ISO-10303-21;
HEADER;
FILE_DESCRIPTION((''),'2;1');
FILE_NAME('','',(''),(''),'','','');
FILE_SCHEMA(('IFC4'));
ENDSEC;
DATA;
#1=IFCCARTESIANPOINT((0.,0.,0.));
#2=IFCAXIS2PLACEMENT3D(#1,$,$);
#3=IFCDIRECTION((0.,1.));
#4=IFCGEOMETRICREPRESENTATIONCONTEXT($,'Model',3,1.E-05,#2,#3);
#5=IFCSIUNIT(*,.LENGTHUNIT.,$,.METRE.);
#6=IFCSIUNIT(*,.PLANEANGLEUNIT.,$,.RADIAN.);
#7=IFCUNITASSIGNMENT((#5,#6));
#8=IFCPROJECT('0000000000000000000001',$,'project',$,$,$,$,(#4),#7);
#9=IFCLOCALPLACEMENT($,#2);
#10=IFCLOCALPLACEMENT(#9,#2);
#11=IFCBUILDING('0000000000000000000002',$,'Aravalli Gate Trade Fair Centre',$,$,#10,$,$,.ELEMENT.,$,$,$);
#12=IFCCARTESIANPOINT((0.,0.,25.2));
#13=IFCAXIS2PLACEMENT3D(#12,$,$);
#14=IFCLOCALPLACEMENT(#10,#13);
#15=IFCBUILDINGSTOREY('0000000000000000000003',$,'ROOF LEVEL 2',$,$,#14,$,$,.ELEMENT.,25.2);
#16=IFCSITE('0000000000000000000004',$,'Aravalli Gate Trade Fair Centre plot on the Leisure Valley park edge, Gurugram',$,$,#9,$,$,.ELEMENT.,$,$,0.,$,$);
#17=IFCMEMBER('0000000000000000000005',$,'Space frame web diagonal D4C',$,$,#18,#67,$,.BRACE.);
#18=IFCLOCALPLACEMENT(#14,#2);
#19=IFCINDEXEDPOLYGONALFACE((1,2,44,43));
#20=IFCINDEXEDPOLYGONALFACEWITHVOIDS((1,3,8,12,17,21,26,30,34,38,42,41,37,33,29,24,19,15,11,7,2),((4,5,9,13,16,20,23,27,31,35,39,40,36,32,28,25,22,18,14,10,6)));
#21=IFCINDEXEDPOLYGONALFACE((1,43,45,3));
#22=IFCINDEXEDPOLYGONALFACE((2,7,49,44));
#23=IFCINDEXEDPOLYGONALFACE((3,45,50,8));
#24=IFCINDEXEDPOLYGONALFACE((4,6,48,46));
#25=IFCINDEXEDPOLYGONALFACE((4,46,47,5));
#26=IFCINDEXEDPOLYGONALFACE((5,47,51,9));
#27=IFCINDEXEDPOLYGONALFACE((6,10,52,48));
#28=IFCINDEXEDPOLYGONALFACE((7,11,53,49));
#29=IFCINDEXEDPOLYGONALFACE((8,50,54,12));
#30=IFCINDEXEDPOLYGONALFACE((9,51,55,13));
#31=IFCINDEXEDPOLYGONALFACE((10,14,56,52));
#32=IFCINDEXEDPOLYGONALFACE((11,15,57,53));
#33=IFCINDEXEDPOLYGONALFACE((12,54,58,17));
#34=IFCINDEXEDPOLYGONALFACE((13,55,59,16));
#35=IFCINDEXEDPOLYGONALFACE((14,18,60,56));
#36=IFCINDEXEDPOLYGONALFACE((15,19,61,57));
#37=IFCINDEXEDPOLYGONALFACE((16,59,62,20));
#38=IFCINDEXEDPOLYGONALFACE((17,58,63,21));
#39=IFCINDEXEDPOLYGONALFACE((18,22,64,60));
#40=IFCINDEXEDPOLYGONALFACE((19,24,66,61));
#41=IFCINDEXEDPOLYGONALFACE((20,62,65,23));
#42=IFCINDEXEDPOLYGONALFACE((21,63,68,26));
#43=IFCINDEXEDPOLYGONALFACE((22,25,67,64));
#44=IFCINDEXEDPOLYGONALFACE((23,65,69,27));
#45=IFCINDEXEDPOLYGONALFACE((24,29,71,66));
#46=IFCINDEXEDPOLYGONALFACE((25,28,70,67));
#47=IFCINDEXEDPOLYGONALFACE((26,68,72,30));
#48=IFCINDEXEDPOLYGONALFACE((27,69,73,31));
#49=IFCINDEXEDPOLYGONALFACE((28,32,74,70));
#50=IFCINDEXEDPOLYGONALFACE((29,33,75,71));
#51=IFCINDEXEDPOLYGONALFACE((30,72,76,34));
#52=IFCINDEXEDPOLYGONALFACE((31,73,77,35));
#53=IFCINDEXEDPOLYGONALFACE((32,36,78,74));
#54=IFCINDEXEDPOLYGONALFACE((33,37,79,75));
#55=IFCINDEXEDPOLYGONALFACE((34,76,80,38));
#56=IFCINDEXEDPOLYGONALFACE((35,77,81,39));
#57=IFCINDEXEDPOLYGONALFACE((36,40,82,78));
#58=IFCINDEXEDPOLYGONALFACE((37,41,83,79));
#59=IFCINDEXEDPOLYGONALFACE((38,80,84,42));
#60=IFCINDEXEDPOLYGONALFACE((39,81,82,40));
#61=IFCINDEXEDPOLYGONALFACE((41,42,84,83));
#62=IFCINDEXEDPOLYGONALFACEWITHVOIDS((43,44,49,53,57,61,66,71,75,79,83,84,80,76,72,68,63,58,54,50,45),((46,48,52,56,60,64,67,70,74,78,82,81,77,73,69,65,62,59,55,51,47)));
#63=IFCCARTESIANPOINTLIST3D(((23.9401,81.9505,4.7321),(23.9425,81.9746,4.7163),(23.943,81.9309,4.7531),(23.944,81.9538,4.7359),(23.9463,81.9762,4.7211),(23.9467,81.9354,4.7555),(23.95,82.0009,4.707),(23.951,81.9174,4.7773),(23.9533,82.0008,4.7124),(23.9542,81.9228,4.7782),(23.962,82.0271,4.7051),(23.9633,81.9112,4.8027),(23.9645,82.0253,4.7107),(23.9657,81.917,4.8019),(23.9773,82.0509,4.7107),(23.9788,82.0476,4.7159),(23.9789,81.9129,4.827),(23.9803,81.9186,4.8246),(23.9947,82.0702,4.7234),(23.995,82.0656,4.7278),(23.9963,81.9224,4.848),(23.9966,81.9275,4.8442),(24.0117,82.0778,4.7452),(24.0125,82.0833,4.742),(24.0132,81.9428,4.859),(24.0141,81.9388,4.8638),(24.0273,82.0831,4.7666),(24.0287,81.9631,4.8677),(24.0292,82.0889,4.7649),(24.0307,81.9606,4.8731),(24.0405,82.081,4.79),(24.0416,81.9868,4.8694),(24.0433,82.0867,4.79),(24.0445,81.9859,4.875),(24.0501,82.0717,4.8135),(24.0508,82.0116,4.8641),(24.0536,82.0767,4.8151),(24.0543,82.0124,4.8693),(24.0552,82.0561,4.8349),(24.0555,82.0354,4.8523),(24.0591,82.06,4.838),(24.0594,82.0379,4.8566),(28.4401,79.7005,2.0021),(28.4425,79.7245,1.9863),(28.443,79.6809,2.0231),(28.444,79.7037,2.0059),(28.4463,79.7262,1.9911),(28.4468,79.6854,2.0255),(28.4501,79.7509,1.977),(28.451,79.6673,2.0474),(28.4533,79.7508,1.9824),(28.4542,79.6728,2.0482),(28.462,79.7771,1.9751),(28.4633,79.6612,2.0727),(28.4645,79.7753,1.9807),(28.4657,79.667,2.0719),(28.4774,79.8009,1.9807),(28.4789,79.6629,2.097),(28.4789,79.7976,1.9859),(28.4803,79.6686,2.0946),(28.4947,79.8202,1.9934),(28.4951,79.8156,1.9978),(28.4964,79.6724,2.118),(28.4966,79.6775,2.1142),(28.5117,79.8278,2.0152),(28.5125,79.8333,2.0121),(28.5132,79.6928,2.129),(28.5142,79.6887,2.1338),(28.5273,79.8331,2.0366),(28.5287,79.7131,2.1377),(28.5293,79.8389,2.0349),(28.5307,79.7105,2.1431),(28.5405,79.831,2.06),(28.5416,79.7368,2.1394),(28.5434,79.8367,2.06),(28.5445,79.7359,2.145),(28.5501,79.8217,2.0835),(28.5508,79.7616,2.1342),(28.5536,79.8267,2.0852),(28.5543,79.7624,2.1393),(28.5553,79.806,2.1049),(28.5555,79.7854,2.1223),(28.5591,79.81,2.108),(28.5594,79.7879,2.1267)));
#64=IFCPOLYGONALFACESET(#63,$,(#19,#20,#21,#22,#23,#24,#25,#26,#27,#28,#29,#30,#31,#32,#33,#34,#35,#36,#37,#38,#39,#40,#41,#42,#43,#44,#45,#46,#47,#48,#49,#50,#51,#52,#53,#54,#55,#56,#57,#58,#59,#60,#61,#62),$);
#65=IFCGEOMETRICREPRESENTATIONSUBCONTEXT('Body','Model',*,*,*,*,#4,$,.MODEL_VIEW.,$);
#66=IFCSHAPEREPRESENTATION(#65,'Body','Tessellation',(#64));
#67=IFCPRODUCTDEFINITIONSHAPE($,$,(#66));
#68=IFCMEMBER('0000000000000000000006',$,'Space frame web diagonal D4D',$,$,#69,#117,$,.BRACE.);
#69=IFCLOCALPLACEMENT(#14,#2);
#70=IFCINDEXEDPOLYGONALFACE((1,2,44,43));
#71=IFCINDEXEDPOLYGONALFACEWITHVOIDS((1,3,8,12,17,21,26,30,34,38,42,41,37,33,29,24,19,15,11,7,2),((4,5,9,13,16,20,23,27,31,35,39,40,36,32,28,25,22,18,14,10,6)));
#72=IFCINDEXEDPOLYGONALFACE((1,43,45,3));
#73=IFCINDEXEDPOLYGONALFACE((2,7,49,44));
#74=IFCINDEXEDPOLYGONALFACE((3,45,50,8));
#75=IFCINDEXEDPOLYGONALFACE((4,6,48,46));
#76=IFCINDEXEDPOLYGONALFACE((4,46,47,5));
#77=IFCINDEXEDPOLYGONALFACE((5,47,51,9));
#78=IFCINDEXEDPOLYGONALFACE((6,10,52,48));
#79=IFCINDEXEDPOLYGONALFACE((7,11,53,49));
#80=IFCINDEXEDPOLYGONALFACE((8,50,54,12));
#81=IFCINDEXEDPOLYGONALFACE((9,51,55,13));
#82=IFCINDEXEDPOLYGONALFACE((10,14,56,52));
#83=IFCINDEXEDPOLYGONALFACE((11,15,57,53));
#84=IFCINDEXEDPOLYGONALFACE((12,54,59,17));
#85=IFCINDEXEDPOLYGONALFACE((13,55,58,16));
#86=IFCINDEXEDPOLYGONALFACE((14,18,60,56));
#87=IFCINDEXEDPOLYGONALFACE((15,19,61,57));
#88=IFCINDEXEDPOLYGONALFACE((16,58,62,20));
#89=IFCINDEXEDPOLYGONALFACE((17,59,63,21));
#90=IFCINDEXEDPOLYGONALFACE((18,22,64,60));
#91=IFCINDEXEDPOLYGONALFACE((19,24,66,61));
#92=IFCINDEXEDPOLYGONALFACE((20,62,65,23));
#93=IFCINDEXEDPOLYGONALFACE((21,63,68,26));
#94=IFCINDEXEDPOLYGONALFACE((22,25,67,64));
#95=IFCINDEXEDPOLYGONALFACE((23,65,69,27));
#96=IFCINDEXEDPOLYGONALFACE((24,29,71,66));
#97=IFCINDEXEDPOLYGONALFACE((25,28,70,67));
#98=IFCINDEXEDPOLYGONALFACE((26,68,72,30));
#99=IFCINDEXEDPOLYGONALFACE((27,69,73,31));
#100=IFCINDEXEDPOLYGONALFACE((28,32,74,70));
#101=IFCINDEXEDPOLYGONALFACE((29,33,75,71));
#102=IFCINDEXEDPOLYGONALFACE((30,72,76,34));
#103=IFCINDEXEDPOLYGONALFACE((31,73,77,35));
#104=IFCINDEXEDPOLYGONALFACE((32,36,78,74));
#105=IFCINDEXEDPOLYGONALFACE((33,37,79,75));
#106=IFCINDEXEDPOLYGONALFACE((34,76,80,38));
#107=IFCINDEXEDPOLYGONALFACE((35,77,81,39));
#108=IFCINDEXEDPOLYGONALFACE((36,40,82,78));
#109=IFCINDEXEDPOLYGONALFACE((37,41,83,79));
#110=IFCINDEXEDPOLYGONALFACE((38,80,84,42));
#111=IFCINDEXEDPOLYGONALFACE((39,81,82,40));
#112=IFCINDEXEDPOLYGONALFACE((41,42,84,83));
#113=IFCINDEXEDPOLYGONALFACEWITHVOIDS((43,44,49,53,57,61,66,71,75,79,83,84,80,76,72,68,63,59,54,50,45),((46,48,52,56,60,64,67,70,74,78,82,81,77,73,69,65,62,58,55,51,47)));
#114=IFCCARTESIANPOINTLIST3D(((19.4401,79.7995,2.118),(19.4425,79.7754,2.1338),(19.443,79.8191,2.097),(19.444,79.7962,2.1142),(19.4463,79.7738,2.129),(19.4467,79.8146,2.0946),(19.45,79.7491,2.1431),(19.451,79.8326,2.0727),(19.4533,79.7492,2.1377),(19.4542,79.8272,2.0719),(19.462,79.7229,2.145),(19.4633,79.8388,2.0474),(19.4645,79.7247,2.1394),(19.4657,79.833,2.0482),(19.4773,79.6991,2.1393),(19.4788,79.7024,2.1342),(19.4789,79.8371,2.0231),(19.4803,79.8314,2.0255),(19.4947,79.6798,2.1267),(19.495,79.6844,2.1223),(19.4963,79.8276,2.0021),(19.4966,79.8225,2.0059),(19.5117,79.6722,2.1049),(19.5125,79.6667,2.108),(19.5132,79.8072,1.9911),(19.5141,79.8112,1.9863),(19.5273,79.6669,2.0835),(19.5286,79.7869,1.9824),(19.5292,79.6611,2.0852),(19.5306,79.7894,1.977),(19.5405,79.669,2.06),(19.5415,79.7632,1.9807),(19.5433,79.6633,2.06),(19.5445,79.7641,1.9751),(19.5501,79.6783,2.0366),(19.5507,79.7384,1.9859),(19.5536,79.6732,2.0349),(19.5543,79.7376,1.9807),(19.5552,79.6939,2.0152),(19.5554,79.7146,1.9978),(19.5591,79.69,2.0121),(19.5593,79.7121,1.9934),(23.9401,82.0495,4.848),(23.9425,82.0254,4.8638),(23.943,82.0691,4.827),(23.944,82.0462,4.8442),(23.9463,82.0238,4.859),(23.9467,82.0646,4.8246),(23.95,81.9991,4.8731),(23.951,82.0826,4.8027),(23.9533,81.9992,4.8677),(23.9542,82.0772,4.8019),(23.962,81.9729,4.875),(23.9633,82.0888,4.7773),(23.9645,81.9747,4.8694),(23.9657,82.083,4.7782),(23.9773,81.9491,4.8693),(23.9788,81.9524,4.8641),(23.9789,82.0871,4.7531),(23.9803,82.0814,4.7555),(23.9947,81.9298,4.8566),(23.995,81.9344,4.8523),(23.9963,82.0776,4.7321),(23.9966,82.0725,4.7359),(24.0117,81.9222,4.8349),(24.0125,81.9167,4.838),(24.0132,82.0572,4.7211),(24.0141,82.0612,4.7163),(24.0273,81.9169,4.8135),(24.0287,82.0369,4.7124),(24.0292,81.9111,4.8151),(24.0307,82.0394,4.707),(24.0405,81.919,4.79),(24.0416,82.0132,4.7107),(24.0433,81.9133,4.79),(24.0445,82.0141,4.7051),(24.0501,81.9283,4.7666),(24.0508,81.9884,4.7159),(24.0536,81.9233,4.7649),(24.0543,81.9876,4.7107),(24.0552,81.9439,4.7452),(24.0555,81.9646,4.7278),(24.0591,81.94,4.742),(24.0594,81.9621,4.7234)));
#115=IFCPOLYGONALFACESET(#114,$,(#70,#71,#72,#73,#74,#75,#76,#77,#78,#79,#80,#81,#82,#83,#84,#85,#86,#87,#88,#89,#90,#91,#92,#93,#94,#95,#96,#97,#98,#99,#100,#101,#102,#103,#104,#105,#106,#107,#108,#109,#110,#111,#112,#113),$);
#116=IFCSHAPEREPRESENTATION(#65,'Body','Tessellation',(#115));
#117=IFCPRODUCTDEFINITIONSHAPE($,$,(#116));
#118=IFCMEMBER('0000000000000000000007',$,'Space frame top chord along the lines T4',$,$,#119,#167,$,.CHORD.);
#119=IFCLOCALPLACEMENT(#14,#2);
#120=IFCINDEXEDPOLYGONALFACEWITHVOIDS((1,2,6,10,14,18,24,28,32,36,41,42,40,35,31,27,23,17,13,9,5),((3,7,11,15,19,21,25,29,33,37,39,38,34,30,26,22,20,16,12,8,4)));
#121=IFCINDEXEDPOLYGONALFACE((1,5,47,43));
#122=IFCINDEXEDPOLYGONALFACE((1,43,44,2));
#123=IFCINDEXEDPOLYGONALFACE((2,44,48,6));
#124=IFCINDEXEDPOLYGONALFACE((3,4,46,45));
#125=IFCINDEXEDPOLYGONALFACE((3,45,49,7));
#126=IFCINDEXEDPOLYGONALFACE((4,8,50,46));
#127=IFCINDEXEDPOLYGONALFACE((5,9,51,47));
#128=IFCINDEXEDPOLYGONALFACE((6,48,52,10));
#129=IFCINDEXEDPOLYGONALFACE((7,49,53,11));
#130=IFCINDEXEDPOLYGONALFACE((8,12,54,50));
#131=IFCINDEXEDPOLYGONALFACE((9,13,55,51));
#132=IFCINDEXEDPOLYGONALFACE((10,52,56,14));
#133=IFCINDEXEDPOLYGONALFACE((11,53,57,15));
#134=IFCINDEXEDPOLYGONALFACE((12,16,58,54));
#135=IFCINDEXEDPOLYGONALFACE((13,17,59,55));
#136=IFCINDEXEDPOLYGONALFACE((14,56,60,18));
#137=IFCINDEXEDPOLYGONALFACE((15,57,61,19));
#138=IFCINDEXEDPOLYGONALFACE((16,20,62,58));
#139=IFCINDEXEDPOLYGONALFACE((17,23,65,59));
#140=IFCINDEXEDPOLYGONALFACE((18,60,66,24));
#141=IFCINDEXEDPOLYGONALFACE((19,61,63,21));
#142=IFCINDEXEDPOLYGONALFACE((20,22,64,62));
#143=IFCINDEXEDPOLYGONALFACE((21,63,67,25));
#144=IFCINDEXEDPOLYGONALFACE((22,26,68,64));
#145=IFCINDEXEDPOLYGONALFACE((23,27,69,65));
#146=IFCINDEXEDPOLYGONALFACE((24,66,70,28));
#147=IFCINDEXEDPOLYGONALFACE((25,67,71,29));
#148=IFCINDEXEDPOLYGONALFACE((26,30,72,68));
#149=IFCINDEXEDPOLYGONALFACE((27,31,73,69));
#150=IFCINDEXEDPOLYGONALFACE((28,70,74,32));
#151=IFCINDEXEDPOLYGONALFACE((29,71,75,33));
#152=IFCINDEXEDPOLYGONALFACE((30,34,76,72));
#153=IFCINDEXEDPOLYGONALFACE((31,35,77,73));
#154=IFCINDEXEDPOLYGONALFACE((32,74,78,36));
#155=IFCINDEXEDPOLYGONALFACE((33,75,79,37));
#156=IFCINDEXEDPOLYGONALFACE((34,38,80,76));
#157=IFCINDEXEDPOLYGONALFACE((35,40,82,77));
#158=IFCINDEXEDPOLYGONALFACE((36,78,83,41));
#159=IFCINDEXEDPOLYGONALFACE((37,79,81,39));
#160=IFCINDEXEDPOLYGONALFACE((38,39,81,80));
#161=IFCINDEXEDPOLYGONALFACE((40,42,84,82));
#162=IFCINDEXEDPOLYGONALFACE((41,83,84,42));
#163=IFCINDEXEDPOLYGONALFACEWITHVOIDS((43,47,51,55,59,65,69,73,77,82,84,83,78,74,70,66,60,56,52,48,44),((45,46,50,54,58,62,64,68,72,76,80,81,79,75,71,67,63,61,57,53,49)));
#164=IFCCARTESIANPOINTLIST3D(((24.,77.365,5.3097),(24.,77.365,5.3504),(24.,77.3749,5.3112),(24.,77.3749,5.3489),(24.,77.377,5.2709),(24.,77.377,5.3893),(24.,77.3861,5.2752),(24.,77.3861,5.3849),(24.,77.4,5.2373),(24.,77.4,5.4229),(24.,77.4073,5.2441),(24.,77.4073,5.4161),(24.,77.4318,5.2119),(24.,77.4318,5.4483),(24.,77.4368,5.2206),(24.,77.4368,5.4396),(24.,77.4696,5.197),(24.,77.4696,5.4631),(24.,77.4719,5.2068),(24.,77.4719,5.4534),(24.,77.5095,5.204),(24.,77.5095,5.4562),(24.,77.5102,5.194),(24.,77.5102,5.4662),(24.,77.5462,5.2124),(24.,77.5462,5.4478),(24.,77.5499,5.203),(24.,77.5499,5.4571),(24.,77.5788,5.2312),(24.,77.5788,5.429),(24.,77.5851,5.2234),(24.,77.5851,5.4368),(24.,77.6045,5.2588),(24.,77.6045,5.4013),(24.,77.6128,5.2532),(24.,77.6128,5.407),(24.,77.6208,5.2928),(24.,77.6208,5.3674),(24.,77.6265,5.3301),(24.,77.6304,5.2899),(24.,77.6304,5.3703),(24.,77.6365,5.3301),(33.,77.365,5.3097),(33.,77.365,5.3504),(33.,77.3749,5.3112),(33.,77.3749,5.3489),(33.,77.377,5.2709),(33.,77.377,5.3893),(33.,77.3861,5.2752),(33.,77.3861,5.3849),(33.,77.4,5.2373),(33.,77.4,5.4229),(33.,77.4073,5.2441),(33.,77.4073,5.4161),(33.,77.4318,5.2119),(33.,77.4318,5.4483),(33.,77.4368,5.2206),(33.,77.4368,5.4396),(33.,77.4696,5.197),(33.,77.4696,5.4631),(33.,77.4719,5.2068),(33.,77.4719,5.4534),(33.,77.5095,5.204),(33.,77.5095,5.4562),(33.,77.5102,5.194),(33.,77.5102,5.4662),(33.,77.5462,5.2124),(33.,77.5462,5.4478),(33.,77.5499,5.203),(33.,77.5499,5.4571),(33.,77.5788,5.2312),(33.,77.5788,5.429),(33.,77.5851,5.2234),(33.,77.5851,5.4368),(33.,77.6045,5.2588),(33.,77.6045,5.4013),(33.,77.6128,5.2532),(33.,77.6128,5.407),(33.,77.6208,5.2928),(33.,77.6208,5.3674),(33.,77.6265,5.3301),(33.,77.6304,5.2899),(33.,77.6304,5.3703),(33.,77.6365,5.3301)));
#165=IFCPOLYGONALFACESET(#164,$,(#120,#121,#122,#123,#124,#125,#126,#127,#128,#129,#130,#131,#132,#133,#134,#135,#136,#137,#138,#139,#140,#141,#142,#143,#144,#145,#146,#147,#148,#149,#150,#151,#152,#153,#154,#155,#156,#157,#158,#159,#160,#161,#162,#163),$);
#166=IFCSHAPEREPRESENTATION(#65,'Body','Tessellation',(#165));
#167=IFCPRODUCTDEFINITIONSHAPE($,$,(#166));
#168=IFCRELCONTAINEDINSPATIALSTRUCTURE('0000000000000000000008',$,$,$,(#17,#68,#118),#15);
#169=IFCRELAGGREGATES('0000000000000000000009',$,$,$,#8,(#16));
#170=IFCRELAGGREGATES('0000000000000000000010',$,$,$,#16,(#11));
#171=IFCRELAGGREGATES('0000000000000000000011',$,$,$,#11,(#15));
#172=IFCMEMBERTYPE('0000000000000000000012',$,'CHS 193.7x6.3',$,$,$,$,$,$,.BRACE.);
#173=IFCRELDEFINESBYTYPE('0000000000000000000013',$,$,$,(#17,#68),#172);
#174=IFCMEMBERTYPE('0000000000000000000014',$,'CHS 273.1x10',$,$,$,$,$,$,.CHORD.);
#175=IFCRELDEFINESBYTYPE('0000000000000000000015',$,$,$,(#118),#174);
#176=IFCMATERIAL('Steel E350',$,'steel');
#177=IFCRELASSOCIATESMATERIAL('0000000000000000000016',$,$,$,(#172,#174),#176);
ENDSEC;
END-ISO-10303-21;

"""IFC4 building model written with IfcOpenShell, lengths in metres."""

from ifc_helpers import new_model, si_unit, direction, frame, origin, origin_2d, place, context, subcontext, project, spatial, hollow_circle, extrude, material, material_profile, profile_set, type_object, element, save


model = new_model("IFC4")

# Units and contexts
model_context = context("Model", 3, precision=1e-05, world=origin(), true_north=direction((0.0, 1.0)))
body_context = subcontext(model_context, "Body", "Model", "MODEL_VIEW")
ifc_project = project(units=[si_unit("LENGTHUNIT", "METRE"), si_unit("PLANEANGLEUNIT", "RADIAN")], contexts=[model_context])

# Site, building, storey
site_placement = place(None, origin())
site = spatial("IfcSite", under=ifc_project, at=site_placement, Name="Aravalli Gate Trade Fair Centre plot on the Leisure Valley park edge, Gurugram", CompositionType="ELEMENT", RefElevation=0.0)
building_placement = place(site_placement, origin())
building = spatial("IfcBuilding", under=site, at=building_placement, Name="Aravalli Gate Trade Fair Centre", CompositionType="ELEMENT")
storey_placement = place(building_placement, frame((0.0, 0.0, 25.2)))
storey = spatial("IfcBuildingStorey", under=building, at=storey_placement, Name="ROOF LEVEL 2", CompositionType="ELEMENT", Elevation=25.2)

# Members
ifc_material_1 = material(Name="Steel E350", Category="steel")
ifc_material_profile_1 = material_profile(ifc_material_1, hollow_circle(Radius=0.0969, WallThickness=0.0063, at=origin_2d()), Name="CHS 193.7x6.3")
ifc_profile_set_1 = profile_set([ifc_material_profile_1], Name="Steel E350")
member_type_1 = type_object("IfcMemberType", Name="CHS 193.7x6.3", PredefinedType="BRACE", material=ifc_profile_set_1)
for number, where, z_axis, x_axis, name in (
    (1, (24.0, 82.0, 4.79), (0.78615, -0.393075, -0.476928), (0.447214, 0.894427, 0.0), "Space frame web diagonal D4C"),
    (2, (24.0, 82.0, 4.79), (-0.78615, -0.393075, -0.476928), (0.447214, -0.894427, 0.0), "Space frame web diagonal D4D"),
):
    element("IfcMember", number, at=place(storey_placement, frame(where, z_axis=z_axis, x_axis=x_axis)), inside=storey, type_object=member_type_1, Name=name, PredefinedType="BRACE", context=body_context, shape_type="SweptSolid", body=[
        extrude(hollow_circle(Radius=0.0969, WallThickness=0.0063, at=origin_2d()), origin(), (0.0, 0.0, 1.0), 5.7241),
    ])
ifc_material_profile_2 = material_profile(ifc_material_1, hollow_circle(Radius=0.1365, WallThickness=0.01, at=origin_2d()), Name="CHS 273.1x10")
ifc_profile_set_2 = profile_set([ifc_material_profile_2], Name="Steel E350")
member_type_2 = type_object("IfcMemberType", Name="CHS 273.1x10", PredefinedType="CHORD", material=ifc_profile_set_2)
for number, where, z_axis, x_axis, name in (
    (3, (24.0, 77.5, 5.3301), (1.0, 0.0, 0.0), (0.0, 1.0, 0.0), "Space frame top chord along the lines T4"),
):
    element("IfcMember", number, at=place(storey_placement, frame(where, z_axis=z_axis, x_axis=x_axis)), inside=storey, type_object=member_type_2, Name=name, PredefinedType="CHORD", context=body_context, shape_type="SweptSolid", body=[
        extrude(hollow_circle(Radius=0.1365, WallThickness=0.01, at=origin_2d()), origin(), (0.0, 0.0, 1.0), 9.0),
    ])

save(model, "model.ifc")
